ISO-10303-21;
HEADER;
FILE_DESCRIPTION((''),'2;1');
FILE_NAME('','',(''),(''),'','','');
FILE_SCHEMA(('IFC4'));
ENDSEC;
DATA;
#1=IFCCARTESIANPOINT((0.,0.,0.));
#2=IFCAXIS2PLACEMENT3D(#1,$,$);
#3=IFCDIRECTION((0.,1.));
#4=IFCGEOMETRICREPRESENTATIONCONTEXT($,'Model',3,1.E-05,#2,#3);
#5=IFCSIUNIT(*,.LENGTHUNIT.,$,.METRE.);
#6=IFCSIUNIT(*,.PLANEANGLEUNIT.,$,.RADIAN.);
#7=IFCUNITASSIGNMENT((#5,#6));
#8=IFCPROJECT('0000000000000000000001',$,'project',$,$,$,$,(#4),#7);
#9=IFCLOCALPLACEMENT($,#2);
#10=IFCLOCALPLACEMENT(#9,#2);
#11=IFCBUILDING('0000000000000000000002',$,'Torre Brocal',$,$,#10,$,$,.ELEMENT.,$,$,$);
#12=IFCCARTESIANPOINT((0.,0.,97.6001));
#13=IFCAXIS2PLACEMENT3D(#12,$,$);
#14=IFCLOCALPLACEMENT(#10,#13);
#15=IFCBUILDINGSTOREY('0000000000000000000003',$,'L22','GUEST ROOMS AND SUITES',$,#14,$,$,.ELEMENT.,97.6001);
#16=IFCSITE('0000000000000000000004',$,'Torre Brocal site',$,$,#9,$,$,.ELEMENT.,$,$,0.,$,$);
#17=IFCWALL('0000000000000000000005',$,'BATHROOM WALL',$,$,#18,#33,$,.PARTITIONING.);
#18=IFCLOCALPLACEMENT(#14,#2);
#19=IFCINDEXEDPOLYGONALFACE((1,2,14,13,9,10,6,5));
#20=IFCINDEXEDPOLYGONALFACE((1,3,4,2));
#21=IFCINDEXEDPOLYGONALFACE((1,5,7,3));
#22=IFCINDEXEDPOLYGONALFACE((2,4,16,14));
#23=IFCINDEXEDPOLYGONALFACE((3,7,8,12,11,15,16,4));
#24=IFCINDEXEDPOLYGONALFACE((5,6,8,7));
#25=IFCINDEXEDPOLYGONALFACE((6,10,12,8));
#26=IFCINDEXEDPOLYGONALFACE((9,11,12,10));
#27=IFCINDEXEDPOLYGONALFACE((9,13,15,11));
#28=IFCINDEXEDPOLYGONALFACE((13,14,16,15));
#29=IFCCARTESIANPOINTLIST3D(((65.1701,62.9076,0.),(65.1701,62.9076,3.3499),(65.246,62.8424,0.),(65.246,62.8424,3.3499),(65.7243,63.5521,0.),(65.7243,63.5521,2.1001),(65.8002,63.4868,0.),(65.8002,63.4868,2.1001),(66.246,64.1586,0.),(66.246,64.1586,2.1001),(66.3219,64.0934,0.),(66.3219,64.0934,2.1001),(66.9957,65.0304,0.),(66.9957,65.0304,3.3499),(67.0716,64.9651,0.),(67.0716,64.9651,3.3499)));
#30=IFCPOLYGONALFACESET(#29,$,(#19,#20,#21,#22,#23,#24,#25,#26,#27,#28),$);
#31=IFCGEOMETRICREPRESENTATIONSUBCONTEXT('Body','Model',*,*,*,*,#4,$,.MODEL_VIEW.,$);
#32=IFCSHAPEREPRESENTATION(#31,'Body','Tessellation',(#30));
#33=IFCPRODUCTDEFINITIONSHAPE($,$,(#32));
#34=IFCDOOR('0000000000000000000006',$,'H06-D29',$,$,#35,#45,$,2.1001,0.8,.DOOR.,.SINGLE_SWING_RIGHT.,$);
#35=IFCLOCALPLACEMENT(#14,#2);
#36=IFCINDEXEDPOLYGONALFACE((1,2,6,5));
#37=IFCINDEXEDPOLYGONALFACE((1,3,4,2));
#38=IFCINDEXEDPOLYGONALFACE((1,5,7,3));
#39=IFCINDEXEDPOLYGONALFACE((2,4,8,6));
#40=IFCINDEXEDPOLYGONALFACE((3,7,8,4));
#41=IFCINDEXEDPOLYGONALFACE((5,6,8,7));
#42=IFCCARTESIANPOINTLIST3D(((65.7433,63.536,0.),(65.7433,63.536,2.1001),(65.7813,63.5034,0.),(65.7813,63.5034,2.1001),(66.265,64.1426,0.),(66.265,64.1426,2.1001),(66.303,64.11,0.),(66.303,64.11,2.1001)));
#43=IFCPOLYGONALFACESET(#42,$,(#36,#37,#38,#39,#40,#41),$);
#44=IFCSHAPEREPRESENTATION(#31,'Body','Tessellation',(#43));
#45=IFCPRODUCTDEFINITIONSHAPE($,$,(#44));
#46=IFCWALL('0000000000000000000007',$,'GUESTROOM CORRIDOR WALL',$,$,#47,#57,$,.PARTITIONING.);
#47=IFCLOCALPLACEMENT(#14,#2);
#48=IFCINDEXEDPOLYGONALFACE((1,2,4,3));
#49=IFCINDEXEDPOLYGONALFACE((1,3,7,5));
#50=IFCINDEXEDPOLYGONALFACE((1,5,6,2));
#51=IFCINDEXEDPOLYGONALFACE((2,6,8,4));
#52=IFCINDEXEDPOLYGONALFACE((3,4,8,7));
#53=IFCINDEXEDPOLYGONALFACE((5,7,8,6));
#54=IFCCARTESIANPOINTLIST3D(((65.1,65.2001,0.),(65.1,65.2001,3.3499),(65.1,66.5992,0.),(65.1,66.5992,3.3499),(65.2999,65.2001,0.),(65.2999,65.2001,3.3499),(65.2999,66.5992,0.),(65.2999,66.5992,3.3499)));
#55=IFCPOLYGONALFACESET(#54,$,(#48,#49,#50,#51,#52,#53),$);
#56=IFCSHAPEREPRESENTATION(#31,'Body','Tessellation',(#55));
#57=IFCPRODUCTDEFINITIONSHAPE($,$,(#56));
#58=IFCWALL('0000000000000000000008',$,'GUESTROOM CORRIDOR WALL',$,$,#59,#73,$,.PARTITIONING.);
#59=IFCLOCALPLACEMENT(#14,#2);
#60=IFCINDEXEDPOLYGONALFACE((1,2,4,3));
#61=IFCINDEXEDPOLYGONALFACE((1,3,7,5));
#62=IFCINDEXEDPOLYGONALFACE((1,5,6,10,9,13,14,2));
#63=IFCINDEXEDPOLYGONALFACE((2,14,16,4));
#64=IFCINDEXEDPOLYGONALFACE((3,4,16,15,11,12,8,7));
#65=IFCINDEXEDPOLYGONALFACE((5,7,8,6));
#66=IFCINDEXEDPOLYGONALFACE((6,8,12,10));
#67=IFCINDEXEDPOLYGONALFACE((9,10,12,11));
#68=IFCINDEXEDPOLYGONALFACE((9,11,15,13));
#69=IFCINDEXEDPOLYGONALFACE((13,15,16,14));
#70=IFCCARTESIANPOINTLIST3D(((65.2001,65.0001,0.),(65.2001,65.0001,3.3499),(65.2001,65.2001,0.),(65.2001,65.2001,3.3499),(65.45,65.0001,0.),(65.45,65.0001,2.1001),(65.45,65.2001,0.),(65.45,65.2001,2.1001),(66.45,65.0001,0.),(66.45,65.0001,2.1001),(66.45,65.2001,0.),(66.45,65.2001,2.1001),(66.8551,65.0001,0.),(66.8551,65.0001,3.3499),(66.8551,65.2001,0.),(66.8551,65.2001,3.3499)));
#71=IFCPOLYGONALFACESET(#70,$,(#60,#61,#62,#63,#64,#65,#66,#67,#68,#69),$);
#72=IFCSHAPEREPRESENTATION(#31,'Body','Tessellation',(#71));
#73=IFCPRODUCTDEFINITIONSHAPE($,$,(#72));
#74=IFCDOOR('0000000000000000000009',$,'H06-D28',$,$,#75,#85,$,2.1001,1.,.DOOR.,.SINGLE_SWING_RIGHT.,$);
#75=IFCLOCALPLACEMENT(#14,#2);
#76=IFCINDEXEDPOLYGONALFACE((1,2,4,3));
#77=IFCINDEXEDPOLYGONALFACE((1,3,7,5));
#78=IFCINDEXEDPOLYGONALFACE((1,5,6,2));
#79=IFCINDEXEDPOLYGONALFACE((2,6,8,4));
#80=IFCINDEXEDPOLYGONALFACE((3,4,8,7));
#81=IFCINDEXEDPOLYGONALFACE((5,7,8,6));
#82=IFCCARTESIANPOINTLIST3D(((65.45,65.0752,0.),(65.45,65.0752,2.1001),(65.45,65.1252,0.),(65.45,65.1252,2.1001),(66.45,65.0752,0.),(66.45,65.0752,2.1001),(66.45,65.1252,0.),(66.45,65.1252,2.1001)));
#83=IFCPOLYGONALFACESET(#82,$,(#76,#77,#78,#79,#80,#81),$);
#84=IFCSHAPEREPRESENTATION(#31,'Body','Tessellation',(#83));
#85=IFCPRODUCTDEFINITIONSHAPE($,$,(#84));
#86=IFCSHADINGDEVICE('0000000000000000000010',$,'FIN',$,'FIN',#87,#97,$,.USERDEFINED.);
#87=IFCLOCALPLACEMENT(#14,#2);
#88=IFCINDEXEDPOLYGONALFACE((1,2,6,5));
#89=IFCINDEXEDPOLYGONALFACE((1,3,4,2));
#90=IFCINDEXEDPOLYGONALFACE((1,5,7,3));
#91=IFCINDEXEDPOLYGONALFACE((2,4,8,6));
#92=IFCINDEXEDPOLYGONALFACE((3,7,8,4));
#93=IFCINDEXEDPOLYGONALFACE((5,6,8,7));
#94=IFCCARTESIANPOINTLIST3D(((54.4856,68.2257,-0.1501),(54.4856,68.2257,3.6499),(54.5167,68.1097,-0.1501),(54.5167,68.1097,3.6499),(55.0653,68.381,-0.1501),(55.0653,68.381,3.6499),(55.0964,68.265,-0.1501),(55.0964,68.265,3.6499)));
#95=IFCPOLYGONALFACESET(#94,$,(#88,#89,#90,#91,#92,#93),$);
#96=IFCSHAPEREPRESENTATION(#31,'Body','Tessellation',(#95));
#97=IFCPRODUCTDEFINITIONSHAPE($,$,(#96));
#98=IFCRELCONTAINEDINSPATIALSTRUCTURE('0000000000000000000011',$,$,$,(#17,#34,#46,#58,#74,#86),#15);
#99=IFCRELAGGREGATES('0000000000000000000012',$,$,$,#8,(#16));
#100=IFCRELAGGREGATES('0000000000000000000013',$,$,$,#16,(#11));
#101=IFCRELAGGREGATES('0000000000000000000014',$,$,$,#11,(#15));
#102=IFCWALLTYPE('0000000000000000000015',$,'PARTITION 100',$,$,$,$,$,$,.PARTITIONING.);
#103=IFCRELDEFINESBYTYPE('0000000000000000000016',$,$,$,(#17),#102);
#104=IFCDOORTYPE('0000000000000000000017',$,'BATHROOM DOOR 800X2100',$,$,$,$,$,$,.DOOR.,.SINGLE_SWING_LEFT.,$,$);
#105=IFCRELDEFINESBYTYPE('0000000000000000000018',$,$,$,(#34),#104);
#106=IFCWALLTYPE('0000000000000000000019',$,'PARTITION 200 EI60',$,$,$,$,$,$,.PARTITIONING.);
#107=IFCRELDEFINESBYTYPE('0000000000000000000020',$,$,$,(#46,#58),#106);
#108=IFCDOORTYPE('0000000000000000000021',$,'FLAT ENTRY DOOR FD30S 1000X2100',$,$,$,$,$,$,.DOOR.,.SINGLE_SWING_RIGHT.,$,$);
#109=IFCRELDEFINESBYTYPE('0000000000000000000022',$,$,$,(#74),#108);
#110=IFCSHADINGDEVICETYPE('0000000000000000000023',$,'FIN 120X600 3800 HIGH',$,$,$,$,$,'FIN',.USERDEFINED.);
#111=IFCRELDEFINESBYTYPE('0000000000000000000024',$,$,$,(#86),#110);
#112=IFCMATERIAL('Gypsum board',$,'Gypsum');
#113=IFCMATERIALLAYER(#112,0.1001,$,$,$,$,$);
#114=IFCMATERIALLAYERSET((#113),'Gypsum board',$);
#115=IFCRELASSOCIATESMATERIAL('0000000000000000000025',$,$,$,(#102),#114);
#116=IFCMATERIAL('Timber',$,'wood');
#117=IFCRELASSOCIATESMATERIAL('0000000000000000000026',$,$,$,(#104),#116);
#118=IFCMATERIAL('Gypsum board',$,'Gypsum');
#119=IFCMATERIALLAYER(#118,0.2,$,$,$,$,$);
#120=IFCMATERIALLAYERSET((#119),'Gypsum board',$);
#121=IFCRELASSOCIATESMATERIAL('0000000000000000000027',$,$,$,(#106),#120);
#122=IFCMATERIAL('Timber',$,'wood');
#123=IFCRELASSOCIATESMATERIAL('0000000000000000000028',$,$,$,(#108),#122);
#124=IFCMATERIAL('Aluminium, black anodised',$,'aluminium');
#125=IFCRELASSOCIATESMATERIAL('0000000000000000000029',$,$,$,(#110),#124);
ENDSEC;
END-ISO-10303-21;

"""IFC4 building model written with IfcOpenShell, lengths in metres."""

from ifc_helpers import new_model, si_unit, direction, frame, frame_2d, origin, origin_2d, place, context, subcontext, project, spatial, rectangle, extrude, material, layer, layer_set, material_profile, profile_set, type_object, element, fill, save


model = new_model("IFC4")

# Units and contexts
model_context = context("Model", 3, precision=1e-05, world=origin(), true_north=direction((0.0, 1.0)))
body_context = subcontext(model_context, "Body", "Model", "MODEL_VIEW")
ifc_project = project(units=[si_unit("LENGTHUNIT", "METRE"), si_unit("PLANEANGLEUNIT", "RADIAN")], contexts=[model_context])

# Site, building, storey
site_placement = place(None, origin())
site = spatial("IfcSite", under=ifc_project, at=site_placement, Name="Torre Brocal site", CompositionType="ELEMENT", RefElevation=0.0)
building_placement = place(site_placement, origin())
building = spatial("IfcBuilding", under=site, at=building_placement, Name="Torre Brocal", CompositionType="ELEMENT")
storey_placement = place(building_placement, frame((0.0, 0.0, 97.6001)))
storey = spatial("IfcBuildingStorey", under=building, at=storey_placement, Name="L22", Description="GUEST ROOMS AND SUITES", CompositionType="ELEMENT", Elevation=97.6001)

# Shared definitions
ifc_material_1 = material(Name="Gypsum board", Category="Gypsum")
ifc_layer_1 = layer(ifc_material_1, 0.1001)
ifc_layer_set_1 = layer_set([ifc_layer_1], Name="Gypsum board")
wall_type_1 = type_object("IfcWallType", Name="PARTITION 100", PredefinedType="PARTITIONING", material=ifc_layer_set_1)

# Wall, opening, door
wall_1_placement = place(storey_placement, frame((65.208, 62.875, 0.0), z_axis=(0.0, 0.0, 1.0), x_axis=(0.652054, 0.758172, 0.0)))
wall_1 = element("IfcWall", 1, at=wall_1_placement, inside=storey, type_object=wall_type_1, Name="BATHROOM WALL", PredefinedType="PARTITIONING", context=body_context, shape_type="SweptSolid", body=[
    extrude(rectangle(XDim=2.7998, YDim=0.1001, at=frame_2d((1.3999, 0.0))), origin(), (0.0, 0.0, 1.0), 3.3499),
])
opening_1_placement = place(wall_1_placement, frame((0.8501, 0.0, 0.0)))
opening_1 = element("IfcOpeningElement", 2, at=opening_1_placement, cuts=wall_1, PredefinedType="OPENING", context=body_context, shape_type="SweptSolid", body=[
    extrude(rectangle(XDim=0.8, YDim=2.1001, at=frame_2d((0.3999, 1.05))), frame((0.0, 0.0601, 0.0), z_axis=(0.0, -1.0, 0.0), x_axis=(1.0, 0.0, 0.0)), (0.0, 0.0, 1.0), 0.1201),
])
ifc_material_2 = material(Name="Timber", Category="wood")
door_type_1 = type_object("IfcDoorType", Name="BATHROOM DOOR 800X2100", OperationType="SINGLE_SWING_LEFT", PredefinedType="DOOR", material=ifc_material_2)
door_1_placement = place(opening_1_placement, frame((0.8, 0.0, 0.0), z_axis=(0.0, 0.0, 1.0), x_axis=(-1.0, 0.0, 0.0)))
door_1 = element("IfcDoor", 3, at=door_1_placement, inside=storey, type_object=door_type_1, Name="H06-D29", OperationType="SINGLE_SWING_RIGHT", OverallHeight=2.1001, OverallWidth=0.8, PredefinedType="DOOR", context=body_context, shape_type="SweptSolid", body=[
    extrude(rectangle(XDim=0.8, YDim=2.1001, at=frame_2d((0.3999, 1.05))), frame((0.0, 0.0249, 0.0), z_axis=(0.0, -1.0, 0.0), x_axis=(1.0, 0.0, 0.0)), (0.0, 0.0, 1.0), 0.05),
])
fill(opening_1, door_1)

# Wall
ifc_material_3 = material(Name="Gypsum board", Category="Gypsum")
ifc_layer_2 = layer(ifc_material_3, 0.2)
ifc_layer_set_2 = layer_set([ifc_layer_2], Name="Gypsum board")
wall_type_2 = type_object("IfcWallType", Name="PARTITION 200 EI60", PredefinedType="PARTITIONING", material=ifc_layer_set_2)
wall_2_placement = place(storey_placement, frame((65.2, 65.2, 0.0), z_axis=(0.0, 0.0, 1.0), x_axis=(0.0, 1.0, 0.0)))
element("IfcWall", 4, at=wall_2_placement, inside=storey, type_object=wall_type_2, Name="GUESTROOM CORRIDOR WALL", PredefinedType="PARTITIONING", context=body_context, shape_type="SweptSolid", body=[
    extrude(rectangle(XDim=1.3992, YDim=0.2, at=frame_2d((0.6997, 0.0))), origin(), (0.0, 0.0, 1.0), 3.3499),
])

# Wall, opening, door
wall_3_placement = place(storey_placement, frame((65.2, 65.1001, 0.0), z_axis=(0.0, 0.0, 1.0), x_axis=(1.0, 0.0, 0.0)))
wall_3 = element("IfcWall", 5, at=wall_3_placement, inside=storey, type_object=wall_type_2, Name="GUESTROOM CORRIDOR WALL", PredefinedType="PARTITIONING", context=body_context, shape_type="SweptSolid", body=[
    extrude(rectangle(XDim=1.655, YDim=0.2, at=frame_2d((0.8276, 0.0))), origin(), (0.0, 0.0, 1.0), 3.3499),
])
opening_2_placement = place(wall_3_placement, frame((0.25, 0.0, 0.0)))
opening_2 = element("IfcOpeningElement", 6, at=opening_2_placement, cuts=wall_3, PredefinedType="OPENING", context=body_context, shape_type="SweptSolid", body=[
    extrude(rectangle(XDim=1.0, YDim=2.1001, at=frame_2d((0.5, 1.05))), frame((0.0, 0.1099, 0.0), z_axis=(0.0, -1.0, 0.0), x_axis=(1.0, 0.0, 0.0)), (0.0, 0.0, 1.0), 0.22),
])
ifc_material_4 = material(Name="Timber", Category="wood")
door_type_2 = type_object("IfcDoorType", Name="FLAT ENTRY DOOR FD30S 1000X2100", OperationType="SINGLE_SWING_RIGHT", PredefinedType="DOOR", material=ifc_material_4)
door_2_placement = place(opening_2_placement, frame((1.0, 0.0, 0.0), z_axis=(0.0, 0.0, 1.0), x_axis=(-1.0, 0.0, 0.0)))
door_2 = element("IfcDoor", 7, at=door_2_placement, inside=storey, type_object=door_type_2, Name="H06-D28", OperationType="SINGLE_SWING_RIGHT", OverallHeight=2.1001, OverallWidth=1.0, PredefinedType="DOOR", context=body_context, shape_type="SweptSolid", body=[
    extrude(rectangle(XDim=1.0, YDim=2.1001, at=frame_2d((0.5, 1.05))), frame((0.0, 0.0249, 0.0), z_axis=(0.0, -1.0, 0.0), x_axis=(1.0, 0.0, 0.0)), (0.0, 0.0, 1.0), 0.05),
])
fill(opening_2, door_2)

# Shading device
ifc_material_5 = material(Name="Aluminium, black anodised", Category="aluminium")
ifc_material_profile_1 = material_profile(ifc_material_5, rectangle(XDim=0.1201, YDim=0.6001, at=origin_2d()), Name="FIN 120X600 3800 HIGH")
ifc_profile_set_1 = profile_set([ifc_material_profile_1], Name="Aluminium, black anodised")
shading_device_type = type_object("IfcShadingDeviceType", Name="FIN 120X600 3800 HIGH", ElementType="FIN", PredefinedType="USERDEFINED", material=ifc_profile_set_1)
shading_device_placement = place(storey_placement, frame((54.791, 68.2454, -0.1501), z_axis=(0.0, 0.0, 1.0), x_axis=(0.258819, -0.965926, 0.0)))
element("IfcShadingDevice", 8, at=shading_device_placement, inside=storey, type_object=shading_device_type, Name="FIN", ObjectType="FIN", PredefinedType="USERDEFINED", context=body_context, shape_type="SweptSolid", body=[
    extrude(rectangle(XDim=0.1201, YDim=0.6001, at=origin_2d()), origin(), (0.0, 0.0, 1.0), 3.8),
])

save(model, "model.ifc")
